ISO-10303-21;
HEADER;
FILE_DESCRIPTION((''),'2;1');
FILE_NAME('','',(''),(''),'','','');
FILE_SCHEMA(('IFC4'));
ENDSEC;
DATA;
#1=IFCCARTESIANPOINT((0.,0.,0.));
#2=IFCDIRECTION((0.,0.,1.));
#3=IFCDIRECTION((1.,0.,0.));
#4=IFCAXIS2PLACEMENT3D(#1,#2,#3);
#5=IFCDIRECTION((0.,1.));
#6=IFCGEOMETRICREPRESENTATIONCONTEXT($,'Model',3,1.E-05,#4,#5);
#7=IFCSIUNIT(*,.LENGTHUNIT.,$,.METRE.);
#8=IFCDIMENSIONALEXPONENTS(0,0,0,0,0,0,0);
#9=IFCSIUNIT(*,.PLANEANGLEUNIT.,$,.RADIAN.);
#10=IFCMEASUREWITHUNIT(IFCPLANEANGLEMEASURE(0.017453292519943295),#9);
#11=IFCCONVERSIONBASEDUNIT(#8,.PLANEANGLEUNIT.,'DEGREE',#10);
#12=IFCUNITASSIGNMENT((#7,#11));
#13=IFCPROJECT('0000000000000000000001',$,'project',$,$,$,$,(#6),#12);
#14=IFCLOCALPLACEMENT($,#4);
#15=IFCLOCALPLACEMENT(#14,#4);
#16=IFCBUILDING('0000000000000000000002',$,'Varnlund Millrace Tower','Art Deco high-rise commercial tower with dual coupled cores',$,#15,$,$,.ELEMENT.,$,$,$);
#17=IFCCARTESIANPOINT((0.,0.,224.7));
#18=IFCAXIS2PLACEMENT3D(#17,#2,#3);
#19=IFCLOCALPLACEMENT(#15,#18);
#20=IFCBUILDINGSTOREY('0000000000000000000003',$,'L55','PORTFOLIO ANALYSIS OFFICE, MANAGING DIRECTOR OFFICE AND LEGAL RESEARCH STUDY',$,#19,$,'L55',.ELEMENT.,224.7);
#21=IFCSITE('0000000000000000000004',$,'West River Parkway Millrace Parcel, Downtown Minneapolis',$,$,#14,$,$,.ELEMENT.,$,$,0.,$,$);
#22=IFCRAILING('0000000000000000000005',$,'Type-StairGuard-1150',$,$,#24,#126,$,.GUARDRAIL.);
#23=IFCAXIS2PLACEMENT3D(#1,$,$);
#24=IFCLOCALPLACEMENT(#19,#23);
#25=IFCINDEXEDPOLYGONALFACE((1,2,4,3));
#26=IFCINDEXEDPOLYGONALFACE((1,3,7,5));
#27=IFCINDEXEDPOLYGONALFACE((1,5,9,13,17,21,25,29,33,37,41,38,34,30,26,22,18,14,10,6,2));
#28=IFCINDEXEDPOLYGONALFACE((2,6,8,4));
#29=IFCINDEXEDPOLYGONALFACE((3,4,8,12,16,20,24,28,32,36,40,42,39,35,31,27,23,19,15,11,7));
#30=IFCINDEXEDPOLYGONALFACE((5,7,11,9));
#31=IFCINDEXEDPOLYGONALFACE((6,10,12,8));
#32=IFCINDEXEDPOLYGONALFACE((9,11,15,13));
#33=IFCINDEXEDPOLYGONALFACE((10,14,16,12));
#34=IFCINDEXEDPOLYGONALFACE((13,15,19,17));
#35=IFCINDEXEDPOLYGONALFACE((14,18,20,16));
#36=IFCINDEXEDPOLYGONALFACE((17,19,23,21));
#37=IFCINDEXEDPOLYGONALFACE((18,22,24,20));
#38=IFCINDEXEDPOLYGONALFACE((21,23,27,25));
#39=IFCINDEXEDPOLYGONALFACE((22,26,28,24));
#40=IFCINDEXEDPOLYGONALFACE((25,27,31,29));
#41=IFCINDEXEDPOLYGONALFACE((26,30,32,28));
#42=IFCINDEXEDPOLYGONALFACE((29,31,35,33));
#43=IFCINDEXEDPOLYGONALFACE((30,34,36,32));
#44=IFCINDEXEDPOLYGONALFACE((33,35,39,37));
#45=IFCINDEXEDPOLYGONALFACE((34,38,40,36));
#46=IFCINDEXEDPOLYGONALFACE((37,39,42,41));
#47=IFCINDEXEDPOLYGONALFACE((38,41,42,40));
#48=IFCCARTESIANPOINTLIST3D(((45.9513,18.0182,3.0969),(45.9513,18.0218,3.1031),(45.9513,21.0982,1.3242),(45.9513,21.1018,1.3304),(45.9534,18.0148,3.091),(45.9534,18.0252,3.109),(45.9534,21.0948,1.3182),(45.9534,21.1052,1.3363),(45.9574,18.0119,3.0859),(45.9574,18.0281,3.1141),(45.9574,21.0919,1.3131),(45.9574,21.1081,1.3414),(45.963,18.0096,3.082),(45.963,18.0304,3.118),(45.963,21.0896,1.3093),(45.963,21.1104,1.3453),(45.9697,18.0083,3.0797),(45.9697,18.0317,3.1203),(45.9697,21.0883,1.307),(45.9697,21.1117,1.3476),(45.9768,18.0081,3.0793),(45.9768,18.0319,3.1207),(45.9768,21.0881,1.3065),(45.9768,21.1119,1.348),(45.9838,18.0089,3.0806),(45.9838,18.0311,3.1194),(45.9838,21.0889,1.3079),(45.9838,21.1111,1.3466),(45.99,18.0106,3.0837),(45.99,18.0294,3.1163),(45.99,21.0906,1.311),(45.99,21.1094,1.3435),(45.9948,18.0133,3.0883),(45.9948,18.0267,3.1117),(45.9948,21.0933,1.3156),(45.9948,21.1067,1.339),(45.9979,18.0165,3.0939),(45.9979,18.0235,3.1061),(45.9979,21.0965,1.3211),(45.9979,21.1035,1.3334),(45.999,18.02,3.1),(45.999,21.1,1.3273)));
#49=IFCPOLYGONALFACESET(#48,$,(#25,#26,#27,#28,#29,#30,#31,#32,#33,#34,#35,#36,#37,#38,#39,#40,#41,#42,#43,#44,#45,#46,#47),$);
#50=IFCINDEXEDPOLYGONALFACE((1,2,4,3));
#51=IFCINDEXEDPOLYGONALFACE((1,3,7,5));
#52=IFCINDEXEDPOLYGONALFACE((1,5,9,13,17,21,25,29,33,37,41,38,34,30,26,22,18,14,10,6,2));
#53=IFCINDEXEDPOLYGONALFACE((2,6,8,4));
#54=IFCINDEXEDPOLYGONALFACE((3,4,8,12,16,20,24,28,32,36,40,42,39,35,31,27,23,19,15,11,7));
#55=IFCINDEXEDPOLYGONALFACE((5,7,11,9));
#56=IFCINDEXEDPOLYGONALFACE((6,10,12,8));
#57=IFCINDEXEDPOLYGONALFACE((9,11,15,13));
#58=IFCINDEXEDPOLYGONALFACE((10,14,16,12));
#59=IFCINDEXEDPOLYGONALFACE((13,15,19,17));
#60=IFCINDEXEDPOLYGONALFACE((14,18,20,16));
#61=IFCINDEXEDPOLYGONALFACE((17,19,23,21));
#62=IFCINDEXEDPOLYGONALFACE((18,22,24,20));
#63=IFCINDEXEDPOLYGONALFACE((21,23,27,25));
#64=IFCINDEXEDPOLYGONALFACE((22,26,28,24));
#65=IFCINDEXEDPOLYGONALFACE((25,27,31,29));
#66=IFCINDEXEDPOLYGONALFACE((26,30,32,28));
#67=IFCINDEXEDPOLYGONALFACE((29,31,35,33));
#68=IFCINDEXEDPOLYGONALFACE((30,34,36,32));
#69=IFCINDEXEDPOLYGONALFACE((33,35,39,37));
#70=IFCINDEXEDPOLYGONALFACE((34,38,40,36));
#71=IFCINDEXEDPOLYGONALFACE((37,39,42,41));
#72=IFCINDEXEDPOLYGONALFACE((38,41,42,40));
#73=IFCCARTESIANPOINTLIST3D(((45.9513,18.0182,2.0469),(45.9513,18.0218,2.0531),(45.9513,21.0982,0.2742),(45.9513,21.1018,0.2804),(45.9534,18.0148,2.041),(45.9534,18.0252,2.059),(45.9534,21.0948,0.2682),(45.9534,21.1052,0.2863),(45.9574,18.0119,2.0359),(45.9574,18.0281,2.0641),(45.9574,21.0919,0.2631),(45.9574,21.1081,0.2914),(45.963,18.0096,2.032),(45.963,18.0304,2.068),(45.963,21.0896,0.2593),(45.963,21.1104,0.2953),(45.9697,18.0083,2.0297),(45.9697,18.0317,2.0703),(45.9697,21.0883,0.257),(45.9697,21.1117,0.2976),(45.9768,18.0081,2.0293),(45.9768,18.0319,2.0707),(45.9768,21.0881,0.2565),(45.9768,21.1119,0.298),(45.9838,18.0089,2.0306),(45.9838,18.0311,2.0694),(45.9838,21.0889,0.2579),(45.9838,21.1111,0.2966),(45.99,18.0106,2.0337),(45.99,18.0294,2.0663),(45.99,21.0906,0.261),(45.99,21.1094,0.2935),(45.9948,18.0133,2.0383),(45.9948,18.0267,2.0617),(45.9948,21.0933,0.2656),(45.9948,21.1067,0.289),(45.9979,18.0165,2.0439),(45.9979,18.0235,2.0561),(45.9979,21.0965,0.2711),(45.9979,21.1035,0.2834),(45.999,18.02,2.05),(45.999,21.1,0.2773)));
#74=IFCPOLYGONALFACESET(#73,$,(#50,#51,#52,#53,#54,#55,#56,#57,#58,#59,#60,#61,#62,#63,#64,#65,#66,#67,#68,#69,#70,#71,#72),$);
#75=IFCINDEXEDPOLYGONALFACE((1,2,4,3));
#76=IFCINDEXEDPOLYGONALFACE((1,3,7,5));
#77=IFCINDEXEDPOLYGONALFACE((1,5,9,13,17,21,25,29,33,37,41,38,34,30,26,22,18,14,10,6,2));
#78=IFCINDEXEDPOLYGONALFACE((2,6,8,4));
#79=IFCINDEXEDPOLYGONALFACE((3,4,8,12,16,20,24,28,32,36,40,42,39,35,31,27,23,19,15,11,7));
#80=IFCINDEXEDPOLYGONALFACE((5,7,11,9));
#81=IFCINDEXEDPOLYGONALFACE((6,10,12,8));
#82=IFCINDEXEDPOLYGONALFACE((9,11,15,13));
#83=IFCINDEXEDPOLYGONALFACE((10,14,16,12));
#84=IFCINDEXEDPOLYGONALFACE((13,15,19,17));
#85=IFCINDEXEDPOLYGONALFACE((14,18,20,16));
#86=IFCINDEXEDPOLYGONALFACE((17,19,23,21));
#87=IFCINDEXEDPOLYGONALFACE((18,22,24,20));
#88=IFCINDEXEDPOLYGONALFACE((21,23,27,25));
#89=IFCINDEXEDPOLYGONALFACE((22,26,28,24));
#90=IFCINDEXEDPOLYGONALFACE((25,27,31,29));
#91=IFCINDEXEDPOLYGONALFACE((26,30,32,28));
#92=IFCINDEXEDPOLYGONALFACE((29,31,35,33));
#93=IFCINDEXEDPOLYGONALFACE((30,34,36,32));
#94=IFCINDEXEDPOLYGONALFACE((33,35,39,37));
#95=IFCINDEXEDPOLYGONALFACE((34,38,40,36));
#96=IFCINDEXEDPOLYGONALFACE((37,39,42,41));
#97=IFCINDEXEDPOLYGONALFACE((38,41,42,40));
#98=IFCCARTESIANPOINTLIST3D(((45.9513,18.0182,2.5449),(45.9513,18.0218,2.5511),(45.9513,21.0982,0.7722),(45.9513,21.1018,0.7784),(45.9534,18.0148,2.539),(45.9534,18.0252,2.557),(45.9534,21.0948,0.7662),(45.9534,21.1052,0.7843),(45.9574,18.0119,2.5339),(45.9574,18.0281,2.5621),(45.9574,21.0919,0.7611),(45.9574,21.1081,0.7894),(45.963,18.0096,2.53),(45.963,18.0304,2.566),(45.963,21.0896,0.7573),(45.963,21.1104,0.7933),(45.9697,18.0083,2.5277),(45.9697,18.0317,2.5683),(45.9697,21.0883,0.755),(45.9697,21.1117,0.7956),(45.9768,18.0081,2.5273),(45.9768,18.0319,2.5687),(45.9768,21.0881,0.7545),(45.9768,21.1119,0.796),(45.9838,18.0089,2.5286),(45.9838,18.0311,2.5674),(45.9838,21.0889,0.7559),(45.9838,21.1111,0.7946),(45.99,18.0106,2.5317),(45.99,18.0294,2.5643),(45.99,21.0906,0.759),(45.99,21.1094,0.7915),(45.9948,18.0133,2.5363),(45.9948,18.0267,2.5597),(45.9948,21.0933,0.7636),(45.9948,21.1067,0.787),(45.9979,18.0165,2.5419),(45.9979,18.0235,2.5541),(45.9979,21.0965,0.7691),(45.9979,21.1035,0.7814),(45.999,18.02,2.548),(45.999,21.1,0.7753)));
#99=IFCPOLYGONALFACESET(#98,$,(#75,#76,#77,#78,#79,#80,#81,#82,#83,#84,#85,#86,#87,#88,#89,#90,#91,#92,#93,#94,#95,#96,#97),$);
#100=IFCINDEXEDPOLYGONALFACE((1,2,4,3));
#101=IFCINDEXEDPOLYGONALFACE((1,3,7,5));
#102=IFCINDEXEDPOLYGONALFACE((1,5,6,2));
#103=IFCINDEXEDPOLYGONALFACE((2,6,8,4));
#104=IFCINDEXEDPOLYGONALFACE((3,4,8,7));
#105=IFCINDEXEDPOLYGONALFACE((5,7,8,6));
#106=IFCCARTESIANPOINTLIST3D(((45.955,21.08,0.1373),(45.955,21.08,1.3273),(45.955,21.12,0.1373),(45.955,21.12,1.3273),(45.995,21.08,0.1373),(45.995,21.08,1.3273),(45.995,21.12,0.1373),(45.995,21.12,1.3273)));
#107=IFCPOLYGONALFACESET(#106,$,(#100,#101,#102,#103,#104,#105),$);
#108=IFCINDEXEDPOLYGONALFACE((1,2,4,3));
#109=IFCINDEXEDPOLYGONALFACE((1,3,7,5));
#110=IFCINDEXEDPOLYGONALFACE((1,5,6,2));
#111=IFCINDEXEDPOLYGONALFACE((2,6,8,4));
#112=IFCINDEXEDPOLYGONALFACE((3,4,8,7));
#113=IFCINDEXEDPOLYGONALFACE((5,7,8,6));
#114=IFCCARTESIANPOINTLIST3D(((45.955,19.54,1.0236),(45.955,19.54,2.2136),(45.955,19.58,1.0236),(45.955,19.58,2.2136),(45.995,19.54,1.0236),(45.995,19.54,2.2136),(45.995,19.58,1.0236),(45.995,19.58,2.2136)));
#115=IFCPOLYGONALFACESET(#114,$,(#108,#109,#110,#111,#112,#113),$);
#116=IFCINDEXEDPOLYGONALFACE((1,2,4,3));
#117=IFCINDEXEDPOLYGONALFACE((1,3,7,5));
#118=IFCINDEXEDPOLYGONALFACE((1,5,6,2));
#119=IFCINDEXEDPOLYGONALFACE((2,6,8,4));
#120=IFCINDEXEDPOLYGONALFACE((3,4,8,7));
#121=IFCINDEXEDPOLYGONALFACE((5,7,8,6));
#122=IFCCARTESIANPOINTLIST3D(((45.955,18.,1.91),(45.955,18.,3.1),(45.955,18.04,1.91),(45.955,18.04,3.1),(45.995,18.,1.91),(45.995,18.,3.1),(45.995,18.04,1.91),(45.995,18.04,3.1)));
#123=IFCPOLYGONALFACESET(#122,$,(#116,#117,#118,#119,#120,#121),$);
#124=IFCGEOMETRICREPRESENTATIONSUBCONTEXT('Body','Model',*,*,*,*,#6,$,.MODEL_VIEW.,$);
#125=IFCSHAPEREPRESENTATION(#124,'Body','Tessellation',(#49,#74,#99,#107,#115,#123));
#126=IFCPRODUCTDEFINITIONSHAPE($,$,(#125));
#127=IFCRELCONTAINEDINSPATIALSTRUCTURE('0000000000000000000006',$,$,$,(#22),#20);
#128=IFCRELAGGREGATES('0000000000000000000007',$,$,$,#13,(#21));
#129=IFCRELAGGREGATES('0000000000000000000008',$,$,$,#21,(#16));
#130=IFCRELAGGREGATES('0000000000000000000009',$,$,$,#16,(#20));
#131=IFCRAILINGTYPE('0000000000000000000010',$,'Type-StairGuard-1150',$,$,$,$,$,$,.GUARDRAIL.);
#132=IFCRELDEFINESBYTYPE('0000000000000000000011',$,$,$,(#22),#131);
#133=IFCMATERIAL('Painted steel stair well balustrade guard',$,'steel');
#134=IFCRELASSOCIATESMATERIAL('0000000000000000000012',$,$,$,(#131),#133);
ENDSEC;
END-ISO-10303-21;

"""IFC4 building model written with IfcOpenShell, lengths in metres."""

from ifc_helpers import new_model, entity, si_unit, converted_unit, direction, frame, origin_with_axes, origin_2d_with_axis, place, context, subcontext, project, spatial, rectangle, circle, extrude, material, type_object, element, save


model = new_model("IFC4")

# Units and contexts
model_context = context("Model", 3, precision=1e-05, world=origin_with_axes(), true_north=direction((0.0, 1.0)))
body_context = subcontext(model_context, "Body", "Model", "MODEL_VIEW")
ifc_project = project(units=[si_unit("LENGTHUNIT", "METRE"), converted_unit("PLANEANGLEUNIT", "DEGREE", entity("IfcPlaneAngleMeasure", 0.017453292519943295), si_unit("PLANEANGLEUNIT", "RADIAN"), dimensions=[0, 0, 0, 0, 0, 0, 0])], contexts=[model_context])

# Site, building, storey
site_placement = place(None, origin_with_axes())
site = spatial("IfcSite", under=ifc_project, at=site_placement, Name="West River Parkway Millrace Parcel, Downtown Minneapolis", CompositionType="ELEMENT", RefElevation=0.0)
building_placement = place(site_placement, origin_with_axes())
building = spatial("IfcBuilding", under=site, at=building_placement, Name="Varnlund Millrace Tower", Description="Art Deco high-rise commercial tower with dual coupled cores", CompositionType="ELEMENT")
storey_placement = place(building_placement, frame((0.0, 0.0, 224.7), z_axis=(0.0, 0.0, 1.0), x_axis=(1.0, 0.0, 0.0)))
storey = spatial("IfcBuildingStorey", under=building, at=storey_placement, Name="L55", Description="PORTFOLIO ANALYSIS OFFICE, MANAGING DIRECTOR OFFICE AND LEGAL RESEARCH STUDY", LongName="L55", CompositionType="ELEMENT", Elevation=224.7)

# Railing
ifc_material_1 = material(Name="Painted steel stair well balustrade guard", Category="steel")
railing_type_1 = type_object("IfcRailingType", Name="Type-StairGuard-1150", PredefinedType="GUARDRAIL", material=ifc_material_1)
railing_1_placement = place(storey_placement, frame((0.0, 0.0, -224.7), z_axis=(0.0, 0.0, 1.0), x_axis=(1.0, 0.0, 0.0)))
element("IfcRailing", 1, at=railing_1_placement, inside=storey, type_object=railing_type_1, Name="Type-StairGuard-1150", PredefinedType="GUARDRAIL", context=body_context, shape_type="SweptSolid", body=[
    extrude(circle(Radius=0.024, at=origin_2d_with_axis()), frame((45.975, 21.1, 226.0273), z_axis=(0.0, -0.866696, 0.498836), x_axis=(1.0, 0.0, 0.0)), (0.0, 0.0, 1.0), 3.5537),
    extrude(circle(Radius=0.024, at=origin_2d_with_axis()), frame((45.975, 21.1, 224.9773), z_axis=(0.0, -0.866696, 0.498836), x_axis=(1.0, 0.0, 0.0)), (0.0, 0.0, 1.0), 3.5537),
    extrude(circle(Radius=0.024, at=origin_2d_with_axis()), frame((45.975, 21.1, 225.4753), z_axis=(0.0, -0.866696, 0.498836), x_axis=(1.0, 0.0, 0.0)), (0.0, 0.0, 1.0), 3.5537),
    extrude(rectangle(XDim=0.04, YDim=0.04, at=origin_2d_with_axis()), frame((45.975, 21.1, 224.8373), z_axis=(0.0, 0.0, 1.0), x_axis=(1.0, 0.0, 0.0)), (0.0, 0.0, 1.0), 1.19),
    extrude(rectangle(XDim=0.04, YDim=0.04, at=origin_2d_with_axis()), frame((45.975, 19.56, 225.7236), z_axis=(0.0, 0.0, 1.0), x_axis=(1.0, 0.0, 0.0)), (0.0, 0.0, 1.0), 1.19),
    extrude(rectangle(XDim=0.04, YDim=0.04, at=origin_2d_with_axis()), frame((45.975, 18.02, 226.61), z_axis=(0.0, 0.0, 1.0), x_axis=(1.0, 0.0, 0.0)), (0.0, 0.0, 1.0), 1.19),
])

save(model, "model.ifc")
